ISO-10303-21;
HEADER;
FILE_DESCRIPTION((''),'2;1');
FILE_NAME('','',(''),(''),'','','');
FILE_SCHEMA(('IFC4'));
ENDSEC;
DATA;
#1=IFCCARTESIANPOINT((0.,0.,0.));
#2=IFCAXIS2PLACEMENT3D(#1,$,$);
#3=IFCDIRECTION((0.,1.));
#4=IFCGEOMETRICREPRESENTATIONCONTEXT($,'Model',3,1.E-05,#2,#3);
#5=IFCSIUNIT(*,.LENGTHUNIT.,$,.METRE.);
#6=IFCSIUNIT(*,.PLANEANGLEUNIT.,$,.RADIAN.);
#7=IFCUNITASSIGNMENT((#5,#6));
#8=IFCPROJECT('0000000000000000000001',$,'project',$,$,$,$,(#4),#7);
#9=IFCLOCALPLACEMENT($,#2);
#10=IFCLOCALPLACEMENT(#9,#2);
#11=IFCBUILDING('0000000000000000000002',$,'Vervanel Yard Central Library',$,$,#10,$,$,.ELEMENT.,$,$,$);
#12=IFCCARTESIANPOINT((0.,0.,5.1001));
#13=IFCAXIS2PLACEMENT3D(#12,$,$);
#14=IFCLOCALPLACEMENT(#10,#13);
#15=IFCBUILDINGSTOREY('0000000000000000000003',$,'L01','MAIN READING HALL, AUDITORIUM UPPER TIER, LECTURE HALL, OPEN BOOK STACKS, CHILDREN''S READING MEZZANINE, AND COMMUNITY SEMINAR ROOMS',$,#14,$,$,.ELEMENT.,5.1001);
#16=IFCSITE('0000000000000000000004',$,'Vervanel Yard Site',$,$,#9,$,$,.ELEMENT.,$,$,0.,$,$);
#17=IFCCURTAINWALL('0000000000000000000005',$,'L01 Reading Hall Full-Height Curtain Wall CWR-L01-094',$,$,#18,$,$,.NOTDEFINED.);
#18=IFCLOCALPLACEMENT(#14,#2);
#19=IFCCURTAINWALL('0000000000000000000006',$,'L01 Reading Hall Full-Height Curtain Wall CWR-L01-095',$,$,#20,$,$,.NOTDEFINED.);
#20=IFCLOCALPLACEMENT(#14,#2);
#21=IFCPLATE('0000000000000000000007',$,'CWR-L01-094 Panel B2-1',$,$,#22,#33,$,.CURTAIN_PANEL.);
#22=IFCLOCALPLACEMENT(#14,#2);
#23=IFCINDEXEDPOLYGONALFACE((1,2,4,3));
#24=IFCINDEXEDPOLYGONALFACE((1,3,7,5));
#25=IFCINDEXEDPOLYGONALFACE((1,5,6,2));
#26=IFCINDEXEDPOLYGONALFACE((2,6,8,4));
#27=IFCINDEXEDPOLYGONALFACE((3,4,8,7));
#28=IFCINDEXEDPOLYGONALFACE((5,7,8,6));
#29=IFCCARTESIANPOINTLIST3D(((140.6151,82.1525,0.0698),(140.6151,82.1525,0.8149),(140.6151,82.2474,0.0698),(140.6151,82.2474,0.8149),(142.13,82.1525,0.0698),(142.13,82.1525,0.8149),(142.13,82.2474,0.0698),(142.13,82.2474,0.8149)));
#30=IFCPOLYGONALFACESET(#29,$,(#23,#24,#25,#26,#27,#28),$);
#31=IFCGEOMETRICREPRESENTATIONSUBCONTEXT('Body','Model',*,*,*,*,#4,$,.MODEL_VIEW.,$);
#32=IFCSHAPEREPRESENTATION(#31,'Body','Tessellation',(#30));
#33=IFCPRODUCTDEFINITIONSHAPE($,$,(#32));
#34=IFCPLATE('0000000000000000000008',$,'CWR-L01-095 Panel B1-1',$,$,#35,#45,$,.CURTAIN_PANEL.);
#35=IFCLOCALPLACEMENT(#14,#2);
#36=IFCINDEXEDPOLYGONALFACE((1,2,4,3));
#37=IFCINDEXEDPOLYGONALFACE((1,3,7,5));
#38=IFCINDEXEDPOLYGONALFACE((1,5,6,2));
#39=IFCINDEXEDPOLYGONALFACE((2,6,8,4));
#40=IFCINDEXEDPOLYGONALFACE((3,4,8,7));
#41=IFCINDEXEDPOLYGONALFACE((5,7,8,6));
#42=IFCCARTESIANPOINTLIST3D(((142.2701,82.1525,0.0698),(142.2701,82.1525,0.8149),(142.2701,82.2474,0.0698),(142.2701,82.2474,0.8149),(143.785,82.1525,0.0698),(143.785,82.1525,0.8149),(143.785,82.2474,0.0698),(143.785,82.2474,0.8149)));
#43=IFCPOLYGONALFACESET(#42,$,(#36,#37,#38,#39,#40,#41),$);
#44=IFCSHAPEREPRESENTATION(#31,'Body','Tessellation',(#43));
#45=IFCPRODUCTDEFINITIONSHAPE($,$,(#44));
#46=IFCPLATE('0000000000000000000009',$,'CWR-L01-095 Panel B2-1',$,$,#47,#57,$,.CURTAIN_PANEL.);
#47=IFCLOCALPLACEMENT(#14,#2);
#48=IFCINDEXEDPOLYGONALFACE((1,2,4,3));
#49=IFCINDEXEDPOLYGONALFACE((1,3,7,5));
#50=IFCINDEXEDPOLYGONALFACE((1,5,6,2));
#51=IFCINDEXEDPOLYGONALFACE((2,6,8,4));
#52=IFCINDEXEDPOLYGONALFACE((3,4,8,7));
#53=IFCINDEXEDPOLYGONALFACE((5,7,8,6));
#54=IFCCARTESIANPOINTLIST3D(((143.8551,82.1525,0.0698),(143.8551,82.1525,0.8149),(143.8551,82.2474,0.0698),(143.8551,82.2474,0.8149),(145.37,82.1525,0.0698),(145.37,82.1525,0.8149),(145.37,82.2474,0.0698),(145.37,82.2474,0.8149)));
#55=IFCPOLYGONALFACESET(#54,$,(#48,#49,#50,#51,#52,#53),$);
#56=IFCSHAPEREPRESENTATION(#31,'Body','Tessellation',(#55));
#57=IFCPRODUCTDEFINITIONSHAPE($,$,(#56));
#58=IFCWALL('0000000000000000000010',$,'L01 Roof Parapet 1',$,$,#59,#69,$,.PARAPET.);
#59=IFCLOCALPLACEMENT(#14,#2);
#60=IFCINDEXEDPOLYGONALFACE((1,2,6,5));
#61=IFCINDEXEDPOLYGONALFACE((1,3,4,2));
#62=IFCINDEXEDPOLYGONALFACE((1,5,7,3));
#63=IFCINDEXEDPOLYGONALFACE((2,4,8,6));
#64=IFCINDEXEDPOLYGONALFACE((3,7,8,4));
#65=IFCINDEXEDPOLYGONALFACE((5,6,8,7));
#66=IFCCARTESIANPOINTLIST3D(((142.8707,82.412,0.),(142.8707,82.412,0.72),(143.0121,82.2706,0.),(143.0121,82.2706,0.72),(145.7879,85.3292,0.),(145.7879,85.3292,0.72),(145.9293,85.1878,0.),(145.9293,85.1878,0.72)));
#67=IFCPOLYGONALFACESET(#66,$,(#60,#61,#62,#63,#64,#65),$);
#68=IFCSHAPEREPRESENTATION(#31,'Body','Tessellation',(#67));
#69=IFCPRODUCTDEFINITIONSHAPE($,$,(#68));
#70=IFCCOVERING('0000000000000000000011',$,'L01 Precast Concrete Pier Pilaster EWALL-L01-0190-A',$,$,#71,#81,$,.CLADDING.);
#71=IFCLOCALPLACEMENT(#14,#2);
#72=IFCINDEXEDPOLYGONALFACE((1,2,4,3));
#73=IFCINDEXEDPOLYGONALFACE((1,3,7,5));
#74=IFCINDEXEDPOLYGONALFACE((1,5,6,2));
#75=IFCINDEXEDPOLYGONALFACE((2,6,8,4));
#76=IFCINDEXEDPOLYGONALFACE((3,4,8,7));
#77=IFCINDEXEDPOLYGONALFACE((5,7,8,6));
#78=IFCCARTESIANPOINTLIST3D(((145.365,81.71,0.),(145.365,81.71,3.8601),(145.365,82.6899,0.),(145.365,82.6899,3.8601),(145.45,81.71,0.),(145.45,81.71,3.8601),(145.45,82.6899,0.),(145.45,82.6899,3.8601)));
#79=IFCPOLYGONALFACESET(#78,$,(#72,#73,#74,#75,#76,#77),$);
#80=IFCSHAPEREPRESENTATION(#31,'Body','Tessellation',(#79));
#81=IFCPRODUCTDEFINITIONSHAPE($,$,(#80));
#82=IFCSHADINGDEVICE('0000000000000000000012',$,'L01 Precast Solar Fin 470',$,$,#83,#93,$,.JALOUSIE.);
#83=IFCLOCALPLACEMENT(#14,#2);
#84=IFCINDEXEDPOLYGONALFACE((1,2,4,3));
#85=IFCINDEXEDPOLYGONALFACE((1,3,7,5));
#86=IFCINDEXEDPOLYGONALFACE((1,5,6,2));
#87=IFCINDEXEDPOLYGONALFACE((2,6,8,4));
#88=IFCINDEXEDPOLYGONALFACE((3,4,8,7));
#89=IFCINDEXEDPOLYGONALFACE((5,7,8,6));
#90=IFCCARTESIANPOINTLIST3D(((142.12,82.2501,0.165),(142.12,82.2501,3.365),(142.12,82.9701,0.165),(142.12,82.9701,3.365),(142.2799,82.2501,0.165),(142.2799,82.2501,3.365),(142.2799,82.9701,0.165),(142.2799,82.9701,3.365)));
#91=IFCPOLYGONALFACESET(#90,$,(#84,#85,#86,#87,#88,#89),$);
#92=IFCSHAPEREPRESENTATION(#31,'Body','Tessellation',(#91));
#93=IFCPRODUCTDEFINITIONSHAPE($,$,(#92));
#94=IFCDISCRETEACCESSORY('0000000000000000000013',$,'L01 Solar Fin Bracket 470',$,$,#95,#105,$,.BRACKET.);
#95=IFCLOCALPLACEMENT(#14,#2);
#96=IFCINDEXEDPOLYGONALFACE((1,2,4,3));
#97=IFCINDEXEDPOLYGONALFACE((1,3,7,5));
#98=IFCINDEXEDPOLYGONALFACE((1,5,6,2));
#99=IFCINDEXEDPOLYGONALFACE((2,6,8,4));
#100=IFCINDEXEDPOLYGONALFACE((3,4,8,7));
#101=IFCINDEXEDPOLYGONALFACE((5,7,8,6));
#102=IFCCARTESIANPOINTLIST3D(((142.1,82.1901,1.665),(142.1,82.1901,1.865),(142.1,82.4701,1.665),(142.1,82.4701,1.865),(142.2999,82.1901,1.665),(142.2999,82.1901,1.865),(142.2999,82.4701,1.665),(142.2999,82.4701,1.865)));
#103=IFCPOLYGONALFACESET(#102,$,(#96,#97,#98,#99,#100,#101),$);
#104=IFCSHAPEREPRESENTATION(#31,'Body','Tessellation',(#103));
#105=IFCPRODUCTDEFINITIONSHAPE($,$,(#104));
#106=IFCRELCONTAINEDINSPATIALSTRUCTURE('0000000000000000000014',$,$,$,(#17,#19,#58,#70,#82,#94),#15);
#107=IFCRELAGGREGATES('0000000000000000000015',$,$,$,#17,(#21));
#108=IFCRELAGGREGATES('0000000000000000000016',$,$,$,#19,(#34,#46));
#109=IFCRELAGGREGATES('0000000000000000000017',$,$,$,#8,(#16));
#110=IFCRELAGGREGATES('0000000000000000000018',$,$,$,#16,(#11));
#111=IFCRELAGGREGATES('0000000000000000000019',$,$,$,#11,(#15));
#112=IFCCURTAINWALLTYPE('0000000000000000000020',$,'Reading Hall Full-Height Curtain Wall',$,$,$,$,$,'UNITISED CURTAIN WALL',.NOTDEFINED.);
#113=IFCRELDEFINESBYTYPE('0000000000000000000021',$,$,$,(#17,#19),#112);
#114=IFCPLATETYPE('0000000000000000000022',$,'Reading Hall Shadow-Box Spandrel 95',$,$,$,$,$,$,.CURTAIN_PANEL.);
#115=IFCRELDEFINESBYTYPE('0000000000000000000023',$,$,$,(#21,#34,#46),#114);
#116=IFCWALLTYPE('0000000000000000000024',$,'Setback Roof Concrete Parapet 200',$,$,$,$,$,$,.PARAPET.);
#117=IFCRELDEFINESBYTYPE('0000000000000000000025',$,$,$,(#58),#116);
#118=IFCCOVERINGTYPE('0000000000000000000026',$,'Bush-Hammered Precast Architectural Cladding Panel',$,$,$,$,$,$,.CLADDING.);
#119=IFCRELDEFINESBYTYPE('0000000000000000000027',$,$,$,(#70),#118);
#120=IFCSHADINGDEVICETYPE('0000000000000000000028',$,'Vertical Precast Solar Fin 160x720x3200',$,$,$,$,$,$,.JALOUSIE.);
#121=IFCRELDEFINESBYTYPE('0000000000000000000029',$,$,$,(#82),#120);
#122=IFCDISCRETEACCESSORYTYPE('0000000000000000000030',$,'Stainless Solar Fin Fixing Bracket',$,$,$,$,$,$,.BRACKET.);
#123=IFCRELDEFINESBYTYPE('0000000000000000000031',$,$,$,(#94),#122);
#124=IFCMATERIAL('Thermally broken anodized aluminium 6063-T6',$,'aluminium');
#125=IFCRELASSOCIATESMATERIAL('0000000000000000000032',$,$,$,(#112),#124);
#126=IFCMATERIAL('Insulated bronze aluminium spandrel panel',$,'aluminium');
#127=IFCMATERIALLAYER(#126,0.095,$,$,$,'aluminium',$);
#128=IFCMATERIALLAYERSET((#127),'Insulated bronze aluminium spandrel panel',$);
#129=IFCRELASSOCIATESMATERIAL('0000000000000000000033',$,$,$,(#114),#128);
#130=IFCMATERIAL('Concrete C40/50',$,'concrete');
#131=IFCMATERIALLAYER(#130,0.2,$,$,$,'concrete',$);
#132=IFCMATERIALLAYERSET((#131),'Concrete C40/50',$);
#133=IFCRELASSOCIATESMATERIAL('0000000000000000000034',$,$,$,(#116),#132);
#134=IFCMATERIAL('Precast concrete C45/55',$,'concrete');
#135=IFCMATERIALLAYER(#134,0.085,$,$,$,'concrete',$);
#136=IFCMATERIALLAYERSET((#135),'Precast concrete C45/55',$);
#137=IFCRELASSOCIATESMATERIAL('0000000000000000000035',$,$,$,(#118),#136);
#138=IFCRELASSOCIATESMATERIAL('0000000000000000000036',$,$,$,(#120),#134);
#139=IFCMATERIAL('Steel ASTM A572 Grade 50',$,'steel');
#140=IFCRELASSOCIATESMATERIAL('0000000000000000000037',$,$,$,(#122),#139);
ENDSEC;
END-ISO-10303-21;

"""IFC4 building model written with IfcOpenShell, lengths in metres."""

from ifc_helpers import new_model, si_unit, direction, frame, frame_2d, origin, origin_2d, place, context, subcontext, project, spatial, rectangle, extrude, material, layer, layer_set, type_object, element, aggregate, save


model = new_model("IFC4")

# Units and contexts
model_context = context("Model", 3, precision=1e-05, world=origin(), true_north=direction((0.0, 1.0)))
body_context = subcontext(model_context, "Body", "Model", "MODEL_VIEW")
ifc_project = project(units=[si_unit("LENGTHUNIT", "METRE"), si_unit("PLANEANGLEUNIT", "RADIAN")], contexts=[model_context])

# Site, building, storey
site_placement = place(None, origin())
site = spatial("IfcSite", under=ifc_project, at=site_placement, Name="Vervanel Yard Site", CompositionType="ELEMENT", RefElevation=0.0)
building_placement = place(site_placement, origin())
building = spatial("IfcBuilding", under=site, at=building_placement, Name="Vervanel Yard Central Library", CompositionType="ELEMENT")
storey_placement = place(building_placement, frame((0.0, 0.0, 5.1001)))
storey = spatial("IfcBuildingStorey", under=building, at=storey_placement, Name="L01", Description="MAIN READING HALL, AUDITORIUM UPPER TIER, LECTURE HALL, OPEN BOOK STACKS, CHILDREN'S READING MEZZANINE, AND COMMUNITY SEMINAR ROOMS", CompositionType="ELEMENT", Elevation=5.1001)

# Curtain wall
ifc_material_1 = material(Name="Thermally broken anodized aluminium 6063-T6", Category="aluminium")
curtain_wall_type = type_object("IfcCurtainWallType", Name="Reading Hall Full-Height Curtain Wall", ElementType="UNITISED CURTAIN WALL", PredefinedType="NOTDEFINED", material=ifc_material_1)
curtain_wall_1_placement = place(storey_placement, origin())
curtain_wall_1 = element("IfcCurtainWall", 1, at=curtain_wall_1_placement, inside=storey, type_object=curtain_wall_type, Name="L01 Reading Hall Full-Height Curtain Wall CWR-L01-094", PredefinedType="NOTDEFINED")

# Curtain wall
curtain_wall_2_placement = place(storey_placement, origin())
curtain_wall_2 = element("IfcCurtainWall", 2, at=curtain_wall_2_placement, inside=storey, type_object=curtain_wall_type, Name="L01 Reading Hall Full-Height Curtain Wall CWR-L01-095", PredefinedType="NOTDEFINED")

# Plates
ifc_material_2 = material(Name="Insulated bronze aluminium spandrel panel", Category="aluminium")
ifc_layer_1 = layer(ifc_material_2, 0.095, Category="aluminium")
ifc_layer_set_1 = layer_set([ifc_layer_1], Name="Insulated bronze aluminium spandrel panel")
plate_type_1 = type_object("IfcPlateType", Name="Reading Hall Shadow-Box Spandrel 95", PredefinedType="CURTAIN_PANEL", material=ifc_layer_set_1)
plate_1_placement = place(storey_placement, frame((141.3726, 82.2, 0.0698), z_axis=(0.0, 0.0, 1.0), x_axis=(1.0, 0.0, 0.0)))
plate_1 = element("IfcPlate", 3, at=plate_1_placement, type_object=plate_type_1, Name="CWR-L01-094 Panel B2-1", PredefinedType="CURTAIN_PANEL", context=body_context, shape_type="SweptSolid", body=[
    extrude(rectangle(XDim=1.5149, YDim=0.095, at=origin_2d()), origin(), (0.0, 0.0, 1.0), 0.7451),
])
aggregate(curtain_wall_1, [plate_1])
plate_2_placement = place(storey_placement, frame((143.0276, 82.2, 0.0698), z_axis=(0.0, 0.0, 1.0), x_axis=(1.0, 0.0, 0.0)))
plate_2 = element("IfcPlate", 4, at=plate_2_placement, type_object=plate_type_1, Name="CWR-L01-095 Panel B1-1", PredefinedType="CURTAIN_PANEL", context=body_context, shape_type="SweptSolid", body=[
    extrude(rectangle(XDim=1.5149, YDim=0.095, at=origin_2d()), origin(), (0.0, 0.0, 1.0), 0.7451),
])
plate_3_placement = place(storey_placement, frame((144.6125, 82.2, 0.0698), z_axis=(0.0, 0.0, 1.0), x_axis=(1.0, 0.0, 0.0)))
plate_3 = element("IfcPlate", 5, at=plate_3_placement, type_object=plate_type_1, Name="CWR-L01-095 Panel B2-1", PredefinedType="CURTAIN_PANEL", context=body_context, shape_type="SweptSolid", body=[
    extrude(rectangle(XDim=1.5149, YDim=0.095, at=origin_2d()), origin(), (0.0, 0.0, 1.0), 0.7451),
])
aggregate(curtain_wall_2, [plate_2, plate_3])

# Wall
ifc_material_3 = material(Name="Concrete C40/50", Category="concrete")
ifc_layer_2 = layer(ifc_material_3, 0.2, Category="concrete")
ifc_layer_set_2 = layer_set([ifc_layer_2], Name="Concrete C40/50")
wall_type = type_object("IfcWallType", Name="Setback Roof Concrete Parapet 200", PredefinedType="PARAPET", material=ifc_layer_set_2)
wall_placement = place(storey_placement, frame((142.9414, 82.3413, 0.0), z_axis=(0.0, 0.0, 1.0), x_axis=(0.707107, 0.707107, 0.0)))
element("IfcWall", 6, at=wall_placement, inside=storey, type_object=wall_type, Name="L01 Roof Parapet 1", PredefinedType="PARAPET", context=body_context, shape_type="SweptSolid", body=[
    extrude(rectangle(XDim=4.1255, YDim=0.2, at=frame_2d((2.0627, 0.0))), origin(), (0.0, 0.0, 1.0), 0.72),
])

# Covering
ifc_material_4 = material(Name="Precast concrete C45/55", Category="concrete")
ifc_layer_3 = layer(ifc_material_4, 0.085, Category="concrete")
ifc_layer_set_3 = layer_set([ifc_layer_3], Name="Precast concrete C45/55")
covering_type = type_object("IfcCoveringType", Name="Bush-Hammered Precast Architectural Cladding Panel", PredefinedType="CLADDING", material=ifc_layer_set_3)
covering_placement = place(storey_placement, frame((145.4075, 82.2, 0.0), z_axis=(0.0, 0.0, 1.0), x_axis=(0.0, 1.0, 0.0)))
element("IfcCovering", 7, at=covering_placement, inside=storey, type_object=covering_type, Name="L01 Precast Concrete Pier Pilaster EWALL-L01-0190-A", PredefinedType="CLADDING", context=body_context, shape_type="SweptSolid", body=[
    extrude(rectangle(XDim=0.98, YDim=0.085, at=origin_2d()), origin(), (0.0, 0.0, 1.0), 3.8601),
])

# Shading device
shading_device_type = type_object("IfcShadingDeviceType", Name="Vertical Precast Solar Fin 160x720x3200", PredefinedType="JALOUSIE", material=ifc_material_4)
shading_device_placement = place(storey_placement, frame((142.2, 82.6101, 0.165), z_axis=(0.0, 0.0, 1.0), x_axis=(1.0, 0.0, 0.0)))
element("IfcShadingDevice", 8, at=shading_device_placement, inside=storey, type_object=shading_device_type, Name="L01 Precast Solar Fin 470", PredefinedType="JALOUSIE", context=body_context, shape_type="SweptSolid", body=[
    extrude(rectangle(XDim=0.1599, YDim=0.72, at=origin_2d()), origin(), (0.0, 0.0, 1.0), 3.2),
])

# Discrete accessory
ifc_material_5 = material(Name="Steel ASTM A572 Grade 50", Category="steel")
discrete_accessory_type = type_object("IfcDiscreteAccessoryType", Name="Stainless Solar Fin Fixing Bracket", PredefinedType="BRACKET", material=ifc_material_5)
discrete_accessory_placement = place(storey_placement, frame((142.2, 82.3301, 1.665), z_axis=(0.0, 0.0, 1.0), x_axis=(1.0, 0.0, 0.0)))
element("IfcDiscreteAccessory", 9, at=discrete_accessory_placement, inside=storey, type_object=discrete_accessory_type, Name="L01 Solar Fin Bracket 470", PredefinedType="BRACKET", context=body_context, shape_type="SweptSolid", body=[
    extrude(rectangle(XDim=0.2, YDim=0.28, at=origin_2d()), origin(), (0.0, 0.0, 1.0), 0.2),
])

save(model, "model.ifc")
